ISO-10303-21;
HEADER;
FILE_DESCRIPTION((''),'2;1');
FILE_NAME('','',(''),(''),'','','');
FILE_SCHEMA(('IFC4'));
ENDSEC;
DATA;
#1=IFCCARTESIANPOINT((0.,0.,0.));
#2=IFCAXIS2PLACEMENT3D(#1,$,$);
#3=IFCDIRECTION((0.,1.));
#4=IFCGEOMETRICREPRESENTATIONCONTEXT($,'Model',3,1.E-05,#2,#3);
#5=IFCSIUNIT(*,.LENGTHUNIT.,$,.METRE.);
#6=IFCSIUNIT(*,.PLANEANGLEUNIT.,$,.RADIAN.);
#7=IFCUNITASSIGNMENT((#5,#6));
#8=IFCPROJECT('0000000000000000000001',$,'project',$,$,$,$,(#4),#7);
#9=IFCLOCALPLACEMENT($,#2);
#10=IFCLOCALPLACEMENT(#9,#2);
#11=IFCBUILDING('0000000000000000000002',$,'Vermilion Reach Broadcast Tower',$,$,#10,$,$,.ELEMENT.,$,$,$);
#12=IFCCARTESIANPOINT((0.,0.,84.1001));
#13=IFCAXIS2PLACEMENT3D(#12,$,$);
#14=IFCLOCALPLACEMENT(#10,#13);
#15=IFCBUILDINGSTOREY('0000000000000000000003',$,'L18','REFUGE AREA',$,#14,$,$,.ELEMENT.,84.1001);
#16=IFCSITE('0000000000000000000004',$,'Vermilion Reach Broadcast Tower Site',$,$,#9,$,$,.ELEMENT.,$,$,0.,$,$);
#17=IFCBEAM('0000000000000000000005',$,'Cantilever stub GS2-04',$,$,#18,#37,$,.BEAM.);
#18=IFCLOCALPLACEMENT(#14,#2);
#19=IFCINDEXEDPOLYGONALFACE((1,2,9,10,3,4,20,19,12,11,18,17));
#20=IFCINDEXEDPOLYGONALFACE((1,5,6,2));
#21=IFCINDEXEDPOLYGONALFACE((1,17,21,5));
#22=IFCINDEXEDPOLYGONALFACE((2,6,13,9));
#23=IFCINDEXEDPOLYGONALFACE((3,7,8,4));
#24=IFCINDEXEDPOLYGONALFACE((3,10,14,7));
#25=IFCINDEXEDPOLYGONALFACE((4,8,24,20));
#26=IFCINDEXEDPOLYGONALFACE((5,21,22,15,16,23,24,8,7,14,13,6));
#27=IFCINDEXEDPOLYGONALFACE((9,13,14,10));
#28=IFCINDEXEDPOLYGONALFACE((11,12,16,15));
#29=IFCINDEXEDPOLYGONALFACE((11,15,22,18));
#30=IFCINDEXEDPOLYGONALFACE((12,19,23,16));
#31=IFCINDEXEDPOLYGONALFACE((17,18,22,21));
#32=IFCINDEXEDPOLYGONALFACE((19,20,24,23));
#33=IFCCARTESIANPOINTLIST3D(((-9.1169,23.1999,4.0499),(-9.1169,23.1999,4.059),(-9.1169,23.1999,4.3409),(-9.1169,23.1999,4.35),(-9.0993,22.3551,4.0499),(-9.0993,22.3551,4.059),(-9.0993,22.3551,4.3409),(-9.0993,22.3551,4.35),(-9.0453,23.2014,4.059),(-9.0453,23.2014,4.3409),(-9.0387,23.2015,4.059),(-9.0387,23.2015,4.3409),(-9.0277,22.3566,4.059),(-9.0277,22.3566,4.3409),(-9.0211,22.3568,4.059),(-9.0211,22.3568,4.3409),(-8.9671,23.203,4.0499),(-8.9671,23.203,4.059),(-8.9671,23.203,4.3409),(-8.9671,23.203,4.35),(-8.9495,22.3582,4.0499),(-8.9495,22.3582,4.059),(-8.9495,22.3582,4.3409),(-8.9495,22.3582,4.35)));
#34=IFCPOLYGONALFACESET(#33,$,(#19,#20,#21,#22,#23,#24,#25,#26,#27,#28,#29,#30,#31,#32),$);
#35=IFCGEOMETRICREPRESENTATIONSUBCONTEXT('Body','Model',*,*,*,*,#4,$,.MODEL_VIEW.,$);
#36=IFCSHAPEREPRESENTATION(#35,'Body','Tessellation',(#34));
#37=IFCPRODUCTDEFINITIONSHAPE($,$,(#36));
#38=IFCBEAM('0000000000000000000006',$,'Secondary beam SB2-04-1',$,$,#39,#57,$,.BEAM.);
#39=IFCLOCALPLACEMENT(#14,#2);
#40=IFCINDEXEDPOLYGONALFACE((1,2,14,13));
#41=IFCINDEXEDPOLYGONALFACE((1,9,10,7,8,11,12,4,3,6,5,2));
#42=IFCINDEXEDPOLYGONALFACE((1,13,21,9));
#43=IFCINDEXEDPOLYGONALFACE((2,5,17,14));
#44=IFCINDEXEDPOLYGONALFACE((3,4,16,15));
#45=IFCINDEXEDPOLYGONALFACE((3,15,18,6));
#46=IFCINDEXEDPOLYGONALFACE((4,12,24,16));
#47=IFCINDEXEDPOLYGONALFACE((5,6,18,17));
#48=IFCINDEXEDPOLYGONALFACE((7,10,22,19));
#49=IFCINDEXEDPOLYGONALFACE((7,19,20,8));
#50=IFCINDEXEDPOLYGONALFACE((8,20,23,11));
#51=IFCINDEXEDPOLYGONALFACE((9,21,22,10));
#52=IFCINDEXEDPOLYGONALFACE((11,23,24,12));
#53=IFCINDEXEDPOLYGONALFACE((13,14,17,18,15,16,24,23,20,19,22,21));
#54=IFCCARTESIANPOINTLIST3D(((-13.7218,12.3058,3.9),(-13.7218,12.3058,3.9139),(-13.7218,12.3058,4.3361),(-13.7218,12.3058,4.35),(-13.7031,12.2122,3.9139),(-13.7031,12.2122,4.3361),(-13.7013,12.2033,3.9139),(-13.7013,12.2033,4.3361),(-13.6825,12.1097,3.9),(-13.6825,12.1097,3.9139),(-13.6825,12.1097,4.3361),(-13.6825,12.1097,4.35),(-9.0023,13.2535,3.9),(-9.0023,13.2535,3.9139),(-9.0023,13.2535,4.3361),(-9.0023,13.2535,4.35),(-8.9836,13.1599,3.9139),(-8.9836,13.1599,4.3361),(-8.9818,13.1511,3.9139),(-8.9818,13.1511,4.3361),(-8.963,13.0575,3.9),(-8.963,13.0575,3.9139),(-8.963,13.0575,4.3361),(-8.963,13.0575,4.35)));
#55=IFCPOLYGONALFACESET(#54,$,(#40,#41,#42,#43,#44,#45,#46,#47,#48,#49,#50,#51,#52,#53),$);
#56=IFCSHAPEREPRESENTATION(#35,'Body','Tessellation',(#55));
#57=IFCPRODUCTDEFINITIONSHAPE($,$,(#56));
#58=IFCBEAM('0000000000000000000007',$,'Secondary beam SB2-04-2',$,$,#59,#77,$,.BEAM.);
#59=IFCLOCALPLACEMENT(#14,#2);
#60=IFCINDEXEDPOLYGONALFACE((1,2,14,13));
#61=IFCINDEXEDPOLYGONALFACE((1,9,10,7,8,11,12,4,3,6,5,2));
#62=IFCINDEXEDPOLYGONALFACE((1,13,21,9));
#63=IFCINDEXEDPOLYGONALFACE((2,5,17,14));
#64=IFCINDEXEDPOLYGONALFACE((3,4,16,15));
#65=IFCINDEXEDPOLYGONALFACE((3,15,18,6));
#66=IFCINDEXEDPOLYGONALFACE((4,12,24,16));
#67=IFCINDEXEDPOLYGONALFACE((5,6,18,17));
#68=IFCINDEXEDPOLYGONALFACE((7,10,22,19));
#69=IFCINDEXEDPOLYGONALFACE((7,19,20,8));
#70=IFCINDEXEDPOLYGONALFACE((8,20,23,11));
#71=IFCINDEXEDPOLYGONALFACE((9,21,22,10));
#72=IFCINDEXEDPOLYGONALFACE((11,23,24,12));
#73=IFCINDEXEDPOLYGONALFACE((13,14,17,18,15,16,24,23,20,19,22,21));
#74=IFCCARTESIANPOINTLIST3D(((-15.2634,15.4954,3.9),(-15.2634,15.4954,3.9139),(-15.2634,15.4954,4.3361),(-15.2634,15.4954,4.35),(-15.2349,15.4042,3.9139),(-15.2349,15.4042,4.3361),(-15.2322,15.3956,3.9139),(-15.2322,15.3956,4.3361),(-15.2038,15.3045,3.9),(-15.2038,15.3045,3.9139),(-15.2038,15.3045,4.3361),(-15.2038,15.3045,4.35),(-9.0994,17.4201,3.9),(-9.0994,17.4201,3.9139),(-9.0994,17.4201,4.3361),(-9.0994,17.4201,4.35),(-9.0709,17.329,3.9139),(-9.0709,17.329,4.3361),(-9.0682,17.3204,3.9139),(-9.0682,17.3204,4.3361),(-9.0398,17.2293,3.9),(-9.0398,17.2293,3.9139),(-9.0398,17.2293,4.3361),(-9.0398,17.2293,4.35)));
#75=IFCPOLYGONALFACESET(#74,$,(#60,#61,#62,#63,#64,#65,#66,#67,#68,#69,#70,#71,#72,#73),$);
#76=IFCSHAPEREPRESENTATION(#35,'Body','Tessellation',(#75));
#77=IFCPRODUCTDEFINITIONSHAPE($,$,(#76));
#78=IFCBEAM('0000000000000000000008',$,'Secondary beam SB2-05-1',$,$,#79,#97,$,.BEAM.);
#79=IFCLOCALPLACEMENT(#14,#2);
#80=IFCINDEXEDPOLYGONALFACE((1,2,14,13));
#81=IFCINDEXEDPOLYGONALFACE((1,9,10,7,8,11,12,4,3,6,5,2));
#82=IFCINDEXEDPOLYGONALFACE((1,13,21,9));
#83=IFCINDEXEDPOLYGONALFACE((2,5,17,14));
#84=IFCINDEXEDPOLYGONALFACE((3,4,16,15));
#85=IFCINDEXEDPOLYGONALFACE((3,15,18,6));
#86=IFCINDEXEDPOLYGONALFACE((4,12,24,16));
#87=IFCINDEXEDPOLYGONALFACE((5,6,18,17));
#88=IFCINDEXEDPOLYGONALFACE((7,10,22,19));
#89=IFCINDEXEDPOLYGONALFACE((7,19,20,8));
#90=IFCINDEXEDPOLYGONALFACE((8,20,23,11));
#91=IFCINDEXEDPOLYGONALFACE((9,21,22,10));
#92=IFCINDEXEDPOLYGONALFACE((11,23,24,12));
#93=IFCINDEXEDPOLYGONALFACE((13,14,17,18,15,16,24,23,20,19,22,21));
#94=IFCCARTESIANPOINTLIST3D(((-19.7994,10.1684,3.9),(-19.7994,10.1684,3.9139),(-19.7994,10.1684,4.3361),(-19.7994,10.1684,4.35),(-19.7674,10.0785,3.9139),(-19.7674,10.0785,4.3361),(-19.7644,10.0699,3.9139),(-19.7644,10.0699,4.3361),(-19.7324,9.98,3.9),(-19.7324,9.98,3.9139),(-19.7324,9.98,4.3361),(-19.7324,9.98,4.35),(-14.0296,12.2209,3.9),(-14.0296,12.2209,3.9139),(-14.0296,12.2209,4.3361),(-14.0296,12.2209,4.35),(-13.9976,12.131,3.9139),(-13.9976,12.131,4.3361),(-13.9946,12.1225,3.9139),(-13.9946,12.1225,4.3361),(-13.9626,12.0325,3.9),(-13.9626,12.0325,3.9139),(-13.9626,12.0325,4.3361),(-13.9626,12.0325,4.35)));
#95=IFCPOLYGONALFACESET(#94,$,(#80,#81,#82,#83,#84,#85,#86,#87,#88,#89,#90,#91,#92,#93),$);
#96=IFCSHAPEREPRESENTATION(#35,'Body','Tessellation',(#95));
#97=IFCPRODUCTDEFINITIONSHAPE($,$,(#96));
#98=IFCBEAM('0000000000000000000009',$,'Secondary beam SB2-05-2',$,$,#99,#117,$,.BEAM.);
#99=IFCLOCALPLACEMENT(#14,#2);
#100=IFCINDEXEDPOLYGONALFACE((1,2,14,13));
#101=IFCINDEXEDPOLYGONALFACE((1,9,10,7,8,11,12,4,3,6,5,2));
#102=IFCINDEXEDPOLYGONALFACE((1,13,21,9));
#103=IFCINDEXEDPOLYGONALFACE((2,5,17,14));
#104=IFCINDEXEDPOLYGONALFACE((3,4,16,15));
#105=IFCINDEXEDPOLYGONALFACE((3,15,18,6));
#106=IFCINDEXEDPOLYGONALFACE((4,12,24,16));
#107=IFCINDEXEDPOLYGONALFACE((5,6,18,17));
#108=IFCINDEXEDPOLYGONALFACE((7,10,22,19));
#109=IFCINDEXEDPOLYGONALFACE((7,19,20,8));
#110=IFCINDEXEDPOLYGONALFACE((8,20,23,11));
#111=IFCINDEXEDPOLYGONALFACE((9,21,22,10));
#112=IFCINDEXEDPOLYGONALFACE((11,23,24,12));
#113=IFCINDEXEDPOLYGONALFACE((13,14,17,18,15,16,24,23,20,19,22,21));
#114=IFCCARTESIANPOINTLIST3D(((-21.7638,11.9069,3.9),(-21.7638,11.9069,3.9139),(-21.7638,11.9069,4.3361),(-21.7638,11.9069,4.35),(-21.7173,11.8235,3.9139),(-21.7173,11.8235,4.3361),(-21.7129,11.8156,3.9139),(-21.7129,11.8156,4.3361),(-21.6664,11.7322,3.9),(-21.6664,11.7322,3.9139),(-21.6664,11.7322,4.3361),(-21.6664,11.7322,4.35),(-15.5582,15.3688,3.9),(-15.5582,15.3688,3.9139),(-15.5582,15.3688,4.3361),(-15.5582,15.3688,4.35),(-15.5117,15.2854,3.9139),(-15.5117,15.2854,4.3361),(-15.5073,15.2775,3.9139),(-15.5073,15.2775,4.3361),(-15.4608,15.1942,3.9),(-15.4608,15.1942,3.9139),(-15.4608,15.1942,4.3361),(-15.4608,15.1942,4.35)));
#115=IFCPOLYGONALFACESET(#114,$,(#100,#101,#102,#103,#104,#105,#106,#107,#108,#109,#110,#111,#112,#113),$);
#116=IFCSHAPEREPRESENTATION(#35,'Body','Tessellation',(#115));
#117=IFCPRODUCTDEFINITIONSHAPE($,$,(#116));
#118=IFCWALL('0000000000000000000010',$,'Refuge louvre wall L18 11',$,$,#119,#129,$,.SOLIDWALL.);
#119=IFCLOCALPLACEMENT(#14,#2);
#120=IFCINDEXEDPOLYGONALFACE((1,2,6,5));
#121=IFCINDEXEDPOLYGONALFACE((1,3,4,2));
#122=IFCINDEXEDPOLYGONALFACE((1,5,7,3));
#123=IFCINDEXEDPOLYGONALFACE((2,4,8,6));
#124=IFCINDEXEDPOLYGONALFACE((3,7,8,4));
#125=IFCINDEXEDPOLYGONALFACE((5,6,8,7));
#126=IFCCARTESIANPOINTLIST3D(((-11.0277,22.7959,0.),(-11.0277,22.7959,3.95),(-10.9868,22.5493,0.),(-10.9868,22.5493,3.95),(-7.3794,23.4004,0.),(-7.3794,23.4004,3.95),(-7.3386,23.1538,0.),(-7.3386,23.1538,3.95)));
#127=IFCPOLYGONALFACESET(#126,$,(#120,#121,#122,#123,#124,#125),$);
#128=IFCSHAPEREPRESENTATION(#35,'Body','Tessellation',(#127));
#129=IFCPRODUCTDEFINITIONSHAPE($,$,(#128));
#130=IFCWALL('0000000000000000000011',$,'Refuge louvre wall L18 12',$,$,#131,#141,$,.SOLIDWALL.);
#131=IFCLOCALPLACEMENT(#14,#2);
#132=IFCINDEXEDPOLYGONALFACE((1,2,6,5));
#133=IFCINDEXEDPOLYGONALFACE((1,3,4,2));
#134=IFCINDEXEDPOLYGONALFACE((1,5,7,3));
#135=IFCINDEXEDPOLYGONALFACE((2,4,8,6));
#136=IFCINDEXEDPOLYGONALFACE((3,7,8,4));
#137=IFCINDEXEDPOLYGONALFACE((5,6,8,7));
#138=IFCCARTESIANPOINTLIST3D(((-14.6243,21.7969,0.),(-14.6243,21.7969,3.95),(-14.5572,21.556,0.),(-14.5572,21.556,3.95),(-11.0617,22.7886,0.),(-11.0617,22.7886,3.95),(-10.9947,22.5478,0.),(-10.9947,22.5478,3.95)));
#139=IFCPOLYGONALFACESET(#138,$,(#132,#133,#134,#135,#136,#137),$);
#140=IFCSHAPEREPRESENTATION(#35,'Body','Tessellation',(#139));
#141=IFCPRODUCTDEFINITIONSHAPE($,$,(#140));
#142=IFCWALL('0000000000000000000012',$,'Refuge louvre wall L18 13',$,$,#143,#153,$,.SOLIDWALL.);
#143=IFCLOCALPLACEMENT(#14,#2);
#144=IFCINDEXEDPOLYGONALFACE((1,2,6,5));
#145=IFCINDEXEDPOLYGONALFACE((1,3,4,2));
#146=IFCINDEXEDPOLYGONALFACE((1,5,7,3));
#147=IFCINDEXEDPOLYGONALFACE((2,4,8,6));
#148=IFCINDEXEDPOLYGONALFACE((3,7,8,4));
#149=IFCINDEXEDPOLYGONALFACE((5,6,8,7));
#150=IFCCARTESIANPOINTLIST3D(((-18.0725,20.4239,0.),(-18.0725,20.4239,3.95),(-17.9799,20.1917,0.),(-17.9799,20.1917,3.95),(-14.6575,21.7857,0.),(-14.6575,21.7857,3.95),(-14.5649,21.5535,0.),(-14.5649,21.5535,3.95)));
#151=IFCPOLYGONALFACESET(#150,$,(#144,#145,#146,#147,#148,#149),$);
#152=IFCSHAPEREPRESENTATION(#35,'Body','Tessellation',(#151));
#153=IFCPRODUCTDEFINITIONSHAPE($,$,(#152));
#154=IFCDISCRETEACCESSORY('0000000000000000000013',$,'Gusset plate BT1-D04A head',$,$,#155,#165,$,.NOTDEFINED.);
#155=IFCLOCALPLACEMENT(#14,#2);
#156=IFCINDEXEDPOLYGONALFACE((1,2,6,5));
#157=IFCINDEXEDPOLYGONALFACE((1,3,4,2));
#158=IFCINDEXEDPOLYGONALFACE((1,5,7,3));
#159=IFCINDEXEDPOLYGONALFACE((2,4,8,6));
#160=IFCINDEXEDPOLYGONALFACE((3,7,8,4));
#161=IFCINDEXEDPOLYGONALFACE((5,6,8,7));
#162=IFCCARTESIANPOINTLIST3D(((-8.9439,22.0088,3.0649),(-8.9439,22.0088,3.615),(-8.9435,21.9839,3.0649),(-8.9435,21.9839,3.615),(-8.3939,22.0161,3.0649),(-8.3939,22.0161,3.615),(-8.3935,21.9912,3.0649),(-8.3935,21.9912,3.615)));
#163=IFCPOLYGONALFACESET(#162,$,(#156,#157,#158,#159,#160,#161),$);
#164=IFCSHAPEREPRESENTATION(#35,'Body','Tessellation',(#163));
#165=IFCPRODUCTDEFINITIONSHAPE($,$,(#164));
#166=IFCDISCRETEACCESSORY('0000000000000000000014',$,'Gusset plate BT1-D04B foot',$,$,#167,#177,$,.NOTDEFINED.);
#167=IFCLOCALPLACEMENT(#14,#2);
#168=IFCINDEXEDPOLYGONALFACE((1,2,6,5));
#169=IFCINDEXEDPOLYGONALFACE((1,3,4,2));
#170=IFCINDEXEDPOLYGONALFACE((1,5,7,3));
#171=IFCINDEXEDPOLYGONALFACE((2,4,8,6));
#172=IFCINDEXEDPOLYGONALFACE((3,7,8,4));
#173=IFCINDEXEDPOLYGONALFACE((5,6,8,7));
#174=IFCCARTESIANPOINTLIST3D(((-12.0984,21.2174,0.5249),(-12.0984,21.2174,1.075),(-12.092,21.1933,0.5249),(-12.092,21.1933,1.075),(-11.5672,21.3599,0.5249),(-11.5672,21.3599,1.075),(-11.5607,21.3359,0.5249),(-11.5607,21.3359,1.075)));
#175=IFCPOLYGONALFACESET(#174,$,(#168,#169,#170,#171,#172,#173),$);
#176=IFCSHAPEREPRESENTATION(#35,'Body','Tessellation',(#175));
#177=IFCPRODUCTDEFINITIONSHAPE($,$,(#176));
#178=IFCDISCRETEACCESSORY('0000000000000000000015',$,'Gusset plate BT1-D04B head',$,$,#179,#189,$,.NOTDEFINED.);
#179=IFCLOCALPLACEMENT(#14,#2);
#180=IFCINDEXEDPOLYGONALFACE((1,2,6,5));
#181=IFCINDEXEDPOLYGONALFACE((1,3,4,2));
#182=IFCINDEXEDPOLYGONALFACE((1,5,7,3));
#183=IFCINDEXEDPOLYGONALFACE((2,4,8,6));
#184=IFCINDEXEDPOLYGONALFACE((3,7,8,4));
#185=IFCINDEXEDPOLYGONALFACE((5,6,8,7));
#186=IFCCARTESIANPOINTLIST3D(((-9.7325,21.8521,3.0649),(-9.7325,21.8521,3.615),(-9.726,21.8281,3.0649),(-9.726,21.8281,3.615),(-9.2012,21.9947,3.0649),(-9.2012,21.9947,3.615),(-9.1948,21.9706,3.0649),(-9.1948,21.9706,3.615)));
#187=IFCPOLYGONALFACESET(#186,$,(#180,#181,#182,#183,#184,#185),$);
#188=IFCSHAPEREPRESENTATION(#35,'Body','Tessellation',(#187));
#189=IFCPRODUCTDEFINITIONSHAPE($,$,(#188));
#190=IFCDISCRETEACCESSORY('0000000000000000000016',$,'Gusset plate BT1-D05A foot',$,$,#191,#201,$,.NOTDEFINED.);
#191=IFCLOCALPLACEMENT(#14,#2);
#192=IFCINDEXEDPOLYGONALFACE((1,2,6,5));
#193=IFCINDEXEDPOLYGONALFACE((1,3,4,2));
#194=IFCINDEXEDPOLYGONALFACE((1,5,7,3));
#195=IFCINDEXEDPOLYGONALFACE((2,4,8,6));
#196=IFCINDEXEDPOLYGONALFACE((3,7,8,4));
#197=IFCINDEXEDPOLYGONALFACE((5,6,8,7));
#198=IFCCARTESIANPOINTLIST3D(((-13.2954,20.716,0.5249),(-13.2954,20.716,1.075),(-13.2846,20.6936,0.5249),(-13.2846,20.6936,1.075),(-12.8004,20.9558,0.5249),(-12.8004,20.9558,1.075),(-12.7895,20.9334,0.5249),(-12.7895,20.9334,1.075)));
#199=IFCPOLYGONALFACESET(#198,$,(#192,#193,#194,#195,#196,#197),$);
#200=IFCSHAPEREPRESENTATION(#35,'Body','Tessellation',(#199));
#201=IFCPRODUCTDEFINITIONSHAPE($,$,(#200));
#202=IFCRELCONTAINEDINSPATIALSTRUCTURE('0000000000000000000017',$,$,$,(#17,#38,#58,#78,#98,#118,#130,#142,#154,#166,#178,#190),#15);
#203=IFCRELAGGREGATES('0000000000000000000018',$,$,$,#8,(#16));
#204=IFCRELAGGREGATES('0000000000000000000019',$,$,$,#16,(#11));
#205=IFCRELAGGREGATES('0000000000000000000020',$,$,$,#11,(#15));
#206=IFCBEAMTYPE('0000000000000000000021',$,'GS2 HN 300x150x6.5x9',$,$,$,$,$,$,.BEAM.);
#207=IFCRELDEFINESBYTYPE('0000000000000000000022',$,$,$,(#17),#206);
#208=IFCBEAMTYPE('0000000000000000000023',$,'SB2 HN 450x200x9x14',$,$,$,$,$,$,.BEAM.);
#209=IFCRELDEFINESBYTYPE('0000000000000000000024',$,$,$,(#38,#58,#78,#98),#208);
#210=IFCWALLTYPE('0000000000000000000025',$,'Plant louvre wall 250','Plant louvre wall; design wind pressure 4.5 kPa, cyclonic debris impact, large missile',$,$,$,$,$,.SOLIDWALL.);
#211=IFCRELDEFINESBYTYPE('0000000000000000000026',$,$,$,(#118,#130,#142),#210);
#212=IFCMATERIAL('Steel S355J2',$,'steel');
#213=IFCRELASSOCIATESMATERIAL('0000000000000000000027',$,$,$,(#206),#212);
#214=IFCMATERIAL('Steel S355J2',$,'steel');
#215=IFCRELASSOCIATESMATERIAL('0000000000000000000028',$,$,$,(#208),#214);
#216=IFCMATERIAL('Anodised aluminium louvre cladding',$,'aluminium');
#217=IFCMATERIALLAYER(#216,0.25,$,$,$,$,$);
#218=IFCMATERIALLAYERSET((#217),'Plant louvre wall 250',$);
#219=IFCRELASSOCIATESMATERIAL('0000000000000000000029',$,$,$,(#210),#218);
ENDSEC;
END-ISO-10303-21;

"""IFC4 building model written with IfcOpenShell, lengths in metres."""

from ifc_helpers import new_model, si_unit, direction, frame, frame_2d, origin, origin_2d, place, context, subcontext, project, spatial, rectangle, i_section, extrude, material, layer, layer_set, material_profile, profile_set, type_object, element, save


model = new_model("IFC4")

# Units and contexts
model_context = context("Model", 3, precision=1e-05, world=origin(), true_north=direction((0.0, 1.0)))
body_context = subcontext(model_context, "Body", "Model", "MODEL_VIEW")
ifc_project = project(units=[si_unit("LENGTHUNIT", "METRE"), si_unit("PLANEANGLEUNIT", "RADIAN")], contexts=[model_context])

# Site, building, storey
site_placement = place(None, origin())
site = spatial("IfcSite", under=ifc_project, at=site_placement, Name="Vermilion Reach Broadcast Tower Site", CompositionType="ELEMENT", RefElevation=0.0)
building_placement = place(site_placement, origin())
building = spatial("IfcBuilding", under=site, at=building_placement, Name="Vermilion Reach Broadcast Tower", CompositionType="ELEMENT")
storey_placement = place(building_placement, frame((0.0, 0.0, 84.1001)))
storey = spatial("IfcBuildingStorey", under=building, at=storey_placement, Name="L18", Description="REFUGE AREA", CompositionType="ELEMENT", Elevation=84.1001)

# Beams
ifc_material_1 = material(Name="Steel S355J2", Category="steel")
ifc_material_profile_1 = material_profile(ifc_material_1, i_section(OverallWidth=0.1499, OverallDepth=0.3, WebThickness=0.0066, FlangeThickness=0.009, at=origin_2d()), Name="S355J2 HN 300x150x6.5x9")
ifc_profile_set_1 = profile_set([ifc_material_profile_1], Name="Steel S355J2")
beam_type_1 = type_object("IfcBeamType", Name="GS2 HN 300x150x6.5x9", PredefinedType="BEAM", material=ifc_profile_set_1)
beam_1_placement = place(storey_placement, frame((-9.0244, 22.3567, 4.2), z_axis=(-0.020805, 0.999784, 0.0), x_axis=(-0.999784, -0.020805, 0.0)))
element("IfcBeam", 1, at=beam_1_placement, inside=storey, type_object=beam_type_1, Name="Cantilever stub GS2-04", PredefinedType="BEAM", context=body_context, shape_type="SweptSolid", body=[
    extrude(i_section(OverallWidth=0.1499, OverallDepth=0.3, WebThickness=0.0066, FlangeThickness=0.009, at=origin_2d()), origin(), (0.0, 0.0, 1.0), 0.845),
])
ifc_material_2 = material(Name="Steel S355J2", Category="steel")
ifc_material_profile_2 = material_profile(ifc_material_2, i_section(OverallWidth=0.2, OverallDepth=0.45, WebThickness=0.009, FlangeThickness=0.0139, at=origin_2d()), Name="S355J2 HN 450x200x9x14")
ifc_profile_set_2 = profile_set([ifc_material_profile_2], Name="Steel S355J2")
beam_type_2 = type_object("IfcBeamType", Name="SB2 HN 450x200x9x14", PredefinedType="BEAM", material=ifc_profile_set_2)
beam_2_placement = place(storey_placement, frame((-8.9827, 13.1555, 4.125), z_axis=(-0.980426, -0.196887, 0.0), x_axis=(0.196887, -0.980426, 0.0)))
element("IfcBeam", 2, at=beam_2_placement, inside=storey, type_object=beam_type_2, Name="Secondary beam SB2-04-1", PredefinedType="BEAM", context=body_context, shape_type="SweptSolid", body=[
    extrude(i_section(OverallWidth=0.2, OverallDepth=0.45, WebThickness=0.009, FlangeThickness=0.0139, at=origin_2d()), origin(), (0.0, 0.0, 1.0), 4.8137),
])
beam_3_placement = place(storey_placement, frame((-9.0696, 17.3247, 4.125), z_axis=(-0.954545, -0.298068, 0.0), x_axis=(0.298068, -0.954545, 0.0)))
element("IfcBeam", 3, at=beam_3_placement, inside=storey, type_object=beam_type_2, Name="Secondary beam SB2-04-2", PredefinedType="BEAM", context=body_context, shape_type="SweptSolid", body=[
    extrude(i_section(OverallWidth=0.2, OverallDepth=0.45, WebThickness=0.009, FlangeThickness=0.0139, at=origin_2d()), origin(), (0.0, 0.0, 1.0), 6.4575),
])
beam_4_placement = place(storey_placement, frame((-13.9961, 12.1267, 4.125), z_axis=(-0.942162, -0.335157, 0.0), x_axis=(0.335157, -0.942162, 0.0)))
element("IfcBeam", 4, at=beam_4_placement, inside=storey, type_object=beam_type_2, Name="Secondary beam SB2-05-1", PredefinedType="BEAM", context=body_context, shape_type="SweptSolid", body=[
    extrude(i_section(OverallWidth=0.2, OverallDepth=0.45, WebThickness=0.009, FlangeThickness=0.0139, at=origin_2d()), origin(), (0.0, 0.0, 1.0), 6.124),
])
beam_5_placement = place(storey_placement, frame((-15.5095, 15.2815, 4.125), z_axis=(-0.873297, -0.487188, 0.0), x_axis=(0.487188, -0.873297, 0.0)))
element("IfcBeam", 5, at=beam_5_placement, inside=storey, type_object=beam_type_2, Name="Secondary beam SB2-05-2", PredefinedType="BEAM", context=body_context, shape_type="SweptSolid", body=[
    extrude(i_section(OverallWidth=0.2, OverallDepth=0.45, WebThickness=0.009, FlangeThickness=0.0139, at=origin_2d()), origin(), (0.0, 0.0, 1.0), 7.106),
])

# Walls
ifc_material_3 = material(Name="Anodised aluminium louvre cladding", Category="aluminium")
ifc_layer = layer(ifc_material_3, 0.25)
ifc_layer_set = layer_set([ifc_layer], Name="Plant louvre wall 250")
wall_type = type_object("IfcWallType", Name="Plant louvre wall 250", Description="Plant louvre wall; design wind pressure 4.5 kPa, cyclonic debris impact, large missile", PredefinedType="SOLIDWALL", material=ifc_layer_set)
for number, where, z_axis, x_axis, name in (
    (6, (-7.3589, 23.2771, 0.0), (0.0, 0.0, 1.0), (-0.986549, -0.163467, 0.0), "Refuge louvre wall L18 11"),
    (7, (-11.0281, 22.6682, 0.0), (0.0, 0.0, 1.0), (-0.96337, -0.268175, 0.0), "Refuge louvre wall L18 12"),
):
    element("IfcWall", number, at=place(storey_placement, frame(where, z_axis=z_axis, x_axis=x_axis)), inside=storey, type_object=wall_type, Name=name, PredefinedType="SOLIDWALL", context=body_context, shape_type="SweptSolid", body=[
        extrude(rectangle(XDim=3.698, YDim=0.25, at=frame_2d((1.8491, 0.0))), origin(), (0.0, 0.0, 1.0), 3.95),
    ])
wall_placement = place(storey_placement, frame((-14.6111, 21.6697, 0.0), z_axis=(0.0, 0.0, 1.0), x_axis=(-0.92887, -0.370406, 0.0)))
element("IfcWall", 8, at=wall_placement, inside=storey, type_object=wall_type, Name="Refuge louvre wall L18 13", PredefinedType="SOLIDWALL", context=body_context, shape_type="SweptSolid", body=[
    extrude(rectangle(XDim=3.6765, YDim=0.25, at=frame_2d((1.8384, 0.0))), origin(), (0.0, 0.0, 1.0), 3.95),
])

# Discrete accessories
for number, where, z_axis, x_axis, name in (
    (9, (-8.6687, 22.0, 3.0649), (0.0, 0.0, 1.0), (0.013339, -0.999911, 0.0), "Gusset plate BT1-D04A head"),
    (10, (-11.8296, 21.2766, 0.5249), (0.0, 0.0, 1.0), (-0.259159, 0.965835, 0.0), "Gusset plate BT1-D04B foot"),
    (11, (-9.4636, 21.9114, 3.0649), (0.0, 0.0, 1.0), (-0.259159, 0.965835, 0.0), "Gusset plate BT1-D04B head"),
    (12, (-13.0425, 20.8247, 0.5249), (0.0, 0.0, 1.0), (0.435959, -0.899967, 0.0), "Gusset plate BT1-D05A foot"),
):
    element("IfcDiscreteAccessory", number, at=place(storey_placement, frame(where, z_axis=z_axis, x_axis=x_axis)), inside=storey, Name=name, PredefinedType="NOTDEFINED", context=body_context, shape_type="SweptSolid", body=[
        extrude(rectangle(XDim=0.0249, YDim=0.55, at=origin_2d()), origin(), (0.0, 0.0, 1.0), 0.55),
    ])

save(model, "model.ifc")
